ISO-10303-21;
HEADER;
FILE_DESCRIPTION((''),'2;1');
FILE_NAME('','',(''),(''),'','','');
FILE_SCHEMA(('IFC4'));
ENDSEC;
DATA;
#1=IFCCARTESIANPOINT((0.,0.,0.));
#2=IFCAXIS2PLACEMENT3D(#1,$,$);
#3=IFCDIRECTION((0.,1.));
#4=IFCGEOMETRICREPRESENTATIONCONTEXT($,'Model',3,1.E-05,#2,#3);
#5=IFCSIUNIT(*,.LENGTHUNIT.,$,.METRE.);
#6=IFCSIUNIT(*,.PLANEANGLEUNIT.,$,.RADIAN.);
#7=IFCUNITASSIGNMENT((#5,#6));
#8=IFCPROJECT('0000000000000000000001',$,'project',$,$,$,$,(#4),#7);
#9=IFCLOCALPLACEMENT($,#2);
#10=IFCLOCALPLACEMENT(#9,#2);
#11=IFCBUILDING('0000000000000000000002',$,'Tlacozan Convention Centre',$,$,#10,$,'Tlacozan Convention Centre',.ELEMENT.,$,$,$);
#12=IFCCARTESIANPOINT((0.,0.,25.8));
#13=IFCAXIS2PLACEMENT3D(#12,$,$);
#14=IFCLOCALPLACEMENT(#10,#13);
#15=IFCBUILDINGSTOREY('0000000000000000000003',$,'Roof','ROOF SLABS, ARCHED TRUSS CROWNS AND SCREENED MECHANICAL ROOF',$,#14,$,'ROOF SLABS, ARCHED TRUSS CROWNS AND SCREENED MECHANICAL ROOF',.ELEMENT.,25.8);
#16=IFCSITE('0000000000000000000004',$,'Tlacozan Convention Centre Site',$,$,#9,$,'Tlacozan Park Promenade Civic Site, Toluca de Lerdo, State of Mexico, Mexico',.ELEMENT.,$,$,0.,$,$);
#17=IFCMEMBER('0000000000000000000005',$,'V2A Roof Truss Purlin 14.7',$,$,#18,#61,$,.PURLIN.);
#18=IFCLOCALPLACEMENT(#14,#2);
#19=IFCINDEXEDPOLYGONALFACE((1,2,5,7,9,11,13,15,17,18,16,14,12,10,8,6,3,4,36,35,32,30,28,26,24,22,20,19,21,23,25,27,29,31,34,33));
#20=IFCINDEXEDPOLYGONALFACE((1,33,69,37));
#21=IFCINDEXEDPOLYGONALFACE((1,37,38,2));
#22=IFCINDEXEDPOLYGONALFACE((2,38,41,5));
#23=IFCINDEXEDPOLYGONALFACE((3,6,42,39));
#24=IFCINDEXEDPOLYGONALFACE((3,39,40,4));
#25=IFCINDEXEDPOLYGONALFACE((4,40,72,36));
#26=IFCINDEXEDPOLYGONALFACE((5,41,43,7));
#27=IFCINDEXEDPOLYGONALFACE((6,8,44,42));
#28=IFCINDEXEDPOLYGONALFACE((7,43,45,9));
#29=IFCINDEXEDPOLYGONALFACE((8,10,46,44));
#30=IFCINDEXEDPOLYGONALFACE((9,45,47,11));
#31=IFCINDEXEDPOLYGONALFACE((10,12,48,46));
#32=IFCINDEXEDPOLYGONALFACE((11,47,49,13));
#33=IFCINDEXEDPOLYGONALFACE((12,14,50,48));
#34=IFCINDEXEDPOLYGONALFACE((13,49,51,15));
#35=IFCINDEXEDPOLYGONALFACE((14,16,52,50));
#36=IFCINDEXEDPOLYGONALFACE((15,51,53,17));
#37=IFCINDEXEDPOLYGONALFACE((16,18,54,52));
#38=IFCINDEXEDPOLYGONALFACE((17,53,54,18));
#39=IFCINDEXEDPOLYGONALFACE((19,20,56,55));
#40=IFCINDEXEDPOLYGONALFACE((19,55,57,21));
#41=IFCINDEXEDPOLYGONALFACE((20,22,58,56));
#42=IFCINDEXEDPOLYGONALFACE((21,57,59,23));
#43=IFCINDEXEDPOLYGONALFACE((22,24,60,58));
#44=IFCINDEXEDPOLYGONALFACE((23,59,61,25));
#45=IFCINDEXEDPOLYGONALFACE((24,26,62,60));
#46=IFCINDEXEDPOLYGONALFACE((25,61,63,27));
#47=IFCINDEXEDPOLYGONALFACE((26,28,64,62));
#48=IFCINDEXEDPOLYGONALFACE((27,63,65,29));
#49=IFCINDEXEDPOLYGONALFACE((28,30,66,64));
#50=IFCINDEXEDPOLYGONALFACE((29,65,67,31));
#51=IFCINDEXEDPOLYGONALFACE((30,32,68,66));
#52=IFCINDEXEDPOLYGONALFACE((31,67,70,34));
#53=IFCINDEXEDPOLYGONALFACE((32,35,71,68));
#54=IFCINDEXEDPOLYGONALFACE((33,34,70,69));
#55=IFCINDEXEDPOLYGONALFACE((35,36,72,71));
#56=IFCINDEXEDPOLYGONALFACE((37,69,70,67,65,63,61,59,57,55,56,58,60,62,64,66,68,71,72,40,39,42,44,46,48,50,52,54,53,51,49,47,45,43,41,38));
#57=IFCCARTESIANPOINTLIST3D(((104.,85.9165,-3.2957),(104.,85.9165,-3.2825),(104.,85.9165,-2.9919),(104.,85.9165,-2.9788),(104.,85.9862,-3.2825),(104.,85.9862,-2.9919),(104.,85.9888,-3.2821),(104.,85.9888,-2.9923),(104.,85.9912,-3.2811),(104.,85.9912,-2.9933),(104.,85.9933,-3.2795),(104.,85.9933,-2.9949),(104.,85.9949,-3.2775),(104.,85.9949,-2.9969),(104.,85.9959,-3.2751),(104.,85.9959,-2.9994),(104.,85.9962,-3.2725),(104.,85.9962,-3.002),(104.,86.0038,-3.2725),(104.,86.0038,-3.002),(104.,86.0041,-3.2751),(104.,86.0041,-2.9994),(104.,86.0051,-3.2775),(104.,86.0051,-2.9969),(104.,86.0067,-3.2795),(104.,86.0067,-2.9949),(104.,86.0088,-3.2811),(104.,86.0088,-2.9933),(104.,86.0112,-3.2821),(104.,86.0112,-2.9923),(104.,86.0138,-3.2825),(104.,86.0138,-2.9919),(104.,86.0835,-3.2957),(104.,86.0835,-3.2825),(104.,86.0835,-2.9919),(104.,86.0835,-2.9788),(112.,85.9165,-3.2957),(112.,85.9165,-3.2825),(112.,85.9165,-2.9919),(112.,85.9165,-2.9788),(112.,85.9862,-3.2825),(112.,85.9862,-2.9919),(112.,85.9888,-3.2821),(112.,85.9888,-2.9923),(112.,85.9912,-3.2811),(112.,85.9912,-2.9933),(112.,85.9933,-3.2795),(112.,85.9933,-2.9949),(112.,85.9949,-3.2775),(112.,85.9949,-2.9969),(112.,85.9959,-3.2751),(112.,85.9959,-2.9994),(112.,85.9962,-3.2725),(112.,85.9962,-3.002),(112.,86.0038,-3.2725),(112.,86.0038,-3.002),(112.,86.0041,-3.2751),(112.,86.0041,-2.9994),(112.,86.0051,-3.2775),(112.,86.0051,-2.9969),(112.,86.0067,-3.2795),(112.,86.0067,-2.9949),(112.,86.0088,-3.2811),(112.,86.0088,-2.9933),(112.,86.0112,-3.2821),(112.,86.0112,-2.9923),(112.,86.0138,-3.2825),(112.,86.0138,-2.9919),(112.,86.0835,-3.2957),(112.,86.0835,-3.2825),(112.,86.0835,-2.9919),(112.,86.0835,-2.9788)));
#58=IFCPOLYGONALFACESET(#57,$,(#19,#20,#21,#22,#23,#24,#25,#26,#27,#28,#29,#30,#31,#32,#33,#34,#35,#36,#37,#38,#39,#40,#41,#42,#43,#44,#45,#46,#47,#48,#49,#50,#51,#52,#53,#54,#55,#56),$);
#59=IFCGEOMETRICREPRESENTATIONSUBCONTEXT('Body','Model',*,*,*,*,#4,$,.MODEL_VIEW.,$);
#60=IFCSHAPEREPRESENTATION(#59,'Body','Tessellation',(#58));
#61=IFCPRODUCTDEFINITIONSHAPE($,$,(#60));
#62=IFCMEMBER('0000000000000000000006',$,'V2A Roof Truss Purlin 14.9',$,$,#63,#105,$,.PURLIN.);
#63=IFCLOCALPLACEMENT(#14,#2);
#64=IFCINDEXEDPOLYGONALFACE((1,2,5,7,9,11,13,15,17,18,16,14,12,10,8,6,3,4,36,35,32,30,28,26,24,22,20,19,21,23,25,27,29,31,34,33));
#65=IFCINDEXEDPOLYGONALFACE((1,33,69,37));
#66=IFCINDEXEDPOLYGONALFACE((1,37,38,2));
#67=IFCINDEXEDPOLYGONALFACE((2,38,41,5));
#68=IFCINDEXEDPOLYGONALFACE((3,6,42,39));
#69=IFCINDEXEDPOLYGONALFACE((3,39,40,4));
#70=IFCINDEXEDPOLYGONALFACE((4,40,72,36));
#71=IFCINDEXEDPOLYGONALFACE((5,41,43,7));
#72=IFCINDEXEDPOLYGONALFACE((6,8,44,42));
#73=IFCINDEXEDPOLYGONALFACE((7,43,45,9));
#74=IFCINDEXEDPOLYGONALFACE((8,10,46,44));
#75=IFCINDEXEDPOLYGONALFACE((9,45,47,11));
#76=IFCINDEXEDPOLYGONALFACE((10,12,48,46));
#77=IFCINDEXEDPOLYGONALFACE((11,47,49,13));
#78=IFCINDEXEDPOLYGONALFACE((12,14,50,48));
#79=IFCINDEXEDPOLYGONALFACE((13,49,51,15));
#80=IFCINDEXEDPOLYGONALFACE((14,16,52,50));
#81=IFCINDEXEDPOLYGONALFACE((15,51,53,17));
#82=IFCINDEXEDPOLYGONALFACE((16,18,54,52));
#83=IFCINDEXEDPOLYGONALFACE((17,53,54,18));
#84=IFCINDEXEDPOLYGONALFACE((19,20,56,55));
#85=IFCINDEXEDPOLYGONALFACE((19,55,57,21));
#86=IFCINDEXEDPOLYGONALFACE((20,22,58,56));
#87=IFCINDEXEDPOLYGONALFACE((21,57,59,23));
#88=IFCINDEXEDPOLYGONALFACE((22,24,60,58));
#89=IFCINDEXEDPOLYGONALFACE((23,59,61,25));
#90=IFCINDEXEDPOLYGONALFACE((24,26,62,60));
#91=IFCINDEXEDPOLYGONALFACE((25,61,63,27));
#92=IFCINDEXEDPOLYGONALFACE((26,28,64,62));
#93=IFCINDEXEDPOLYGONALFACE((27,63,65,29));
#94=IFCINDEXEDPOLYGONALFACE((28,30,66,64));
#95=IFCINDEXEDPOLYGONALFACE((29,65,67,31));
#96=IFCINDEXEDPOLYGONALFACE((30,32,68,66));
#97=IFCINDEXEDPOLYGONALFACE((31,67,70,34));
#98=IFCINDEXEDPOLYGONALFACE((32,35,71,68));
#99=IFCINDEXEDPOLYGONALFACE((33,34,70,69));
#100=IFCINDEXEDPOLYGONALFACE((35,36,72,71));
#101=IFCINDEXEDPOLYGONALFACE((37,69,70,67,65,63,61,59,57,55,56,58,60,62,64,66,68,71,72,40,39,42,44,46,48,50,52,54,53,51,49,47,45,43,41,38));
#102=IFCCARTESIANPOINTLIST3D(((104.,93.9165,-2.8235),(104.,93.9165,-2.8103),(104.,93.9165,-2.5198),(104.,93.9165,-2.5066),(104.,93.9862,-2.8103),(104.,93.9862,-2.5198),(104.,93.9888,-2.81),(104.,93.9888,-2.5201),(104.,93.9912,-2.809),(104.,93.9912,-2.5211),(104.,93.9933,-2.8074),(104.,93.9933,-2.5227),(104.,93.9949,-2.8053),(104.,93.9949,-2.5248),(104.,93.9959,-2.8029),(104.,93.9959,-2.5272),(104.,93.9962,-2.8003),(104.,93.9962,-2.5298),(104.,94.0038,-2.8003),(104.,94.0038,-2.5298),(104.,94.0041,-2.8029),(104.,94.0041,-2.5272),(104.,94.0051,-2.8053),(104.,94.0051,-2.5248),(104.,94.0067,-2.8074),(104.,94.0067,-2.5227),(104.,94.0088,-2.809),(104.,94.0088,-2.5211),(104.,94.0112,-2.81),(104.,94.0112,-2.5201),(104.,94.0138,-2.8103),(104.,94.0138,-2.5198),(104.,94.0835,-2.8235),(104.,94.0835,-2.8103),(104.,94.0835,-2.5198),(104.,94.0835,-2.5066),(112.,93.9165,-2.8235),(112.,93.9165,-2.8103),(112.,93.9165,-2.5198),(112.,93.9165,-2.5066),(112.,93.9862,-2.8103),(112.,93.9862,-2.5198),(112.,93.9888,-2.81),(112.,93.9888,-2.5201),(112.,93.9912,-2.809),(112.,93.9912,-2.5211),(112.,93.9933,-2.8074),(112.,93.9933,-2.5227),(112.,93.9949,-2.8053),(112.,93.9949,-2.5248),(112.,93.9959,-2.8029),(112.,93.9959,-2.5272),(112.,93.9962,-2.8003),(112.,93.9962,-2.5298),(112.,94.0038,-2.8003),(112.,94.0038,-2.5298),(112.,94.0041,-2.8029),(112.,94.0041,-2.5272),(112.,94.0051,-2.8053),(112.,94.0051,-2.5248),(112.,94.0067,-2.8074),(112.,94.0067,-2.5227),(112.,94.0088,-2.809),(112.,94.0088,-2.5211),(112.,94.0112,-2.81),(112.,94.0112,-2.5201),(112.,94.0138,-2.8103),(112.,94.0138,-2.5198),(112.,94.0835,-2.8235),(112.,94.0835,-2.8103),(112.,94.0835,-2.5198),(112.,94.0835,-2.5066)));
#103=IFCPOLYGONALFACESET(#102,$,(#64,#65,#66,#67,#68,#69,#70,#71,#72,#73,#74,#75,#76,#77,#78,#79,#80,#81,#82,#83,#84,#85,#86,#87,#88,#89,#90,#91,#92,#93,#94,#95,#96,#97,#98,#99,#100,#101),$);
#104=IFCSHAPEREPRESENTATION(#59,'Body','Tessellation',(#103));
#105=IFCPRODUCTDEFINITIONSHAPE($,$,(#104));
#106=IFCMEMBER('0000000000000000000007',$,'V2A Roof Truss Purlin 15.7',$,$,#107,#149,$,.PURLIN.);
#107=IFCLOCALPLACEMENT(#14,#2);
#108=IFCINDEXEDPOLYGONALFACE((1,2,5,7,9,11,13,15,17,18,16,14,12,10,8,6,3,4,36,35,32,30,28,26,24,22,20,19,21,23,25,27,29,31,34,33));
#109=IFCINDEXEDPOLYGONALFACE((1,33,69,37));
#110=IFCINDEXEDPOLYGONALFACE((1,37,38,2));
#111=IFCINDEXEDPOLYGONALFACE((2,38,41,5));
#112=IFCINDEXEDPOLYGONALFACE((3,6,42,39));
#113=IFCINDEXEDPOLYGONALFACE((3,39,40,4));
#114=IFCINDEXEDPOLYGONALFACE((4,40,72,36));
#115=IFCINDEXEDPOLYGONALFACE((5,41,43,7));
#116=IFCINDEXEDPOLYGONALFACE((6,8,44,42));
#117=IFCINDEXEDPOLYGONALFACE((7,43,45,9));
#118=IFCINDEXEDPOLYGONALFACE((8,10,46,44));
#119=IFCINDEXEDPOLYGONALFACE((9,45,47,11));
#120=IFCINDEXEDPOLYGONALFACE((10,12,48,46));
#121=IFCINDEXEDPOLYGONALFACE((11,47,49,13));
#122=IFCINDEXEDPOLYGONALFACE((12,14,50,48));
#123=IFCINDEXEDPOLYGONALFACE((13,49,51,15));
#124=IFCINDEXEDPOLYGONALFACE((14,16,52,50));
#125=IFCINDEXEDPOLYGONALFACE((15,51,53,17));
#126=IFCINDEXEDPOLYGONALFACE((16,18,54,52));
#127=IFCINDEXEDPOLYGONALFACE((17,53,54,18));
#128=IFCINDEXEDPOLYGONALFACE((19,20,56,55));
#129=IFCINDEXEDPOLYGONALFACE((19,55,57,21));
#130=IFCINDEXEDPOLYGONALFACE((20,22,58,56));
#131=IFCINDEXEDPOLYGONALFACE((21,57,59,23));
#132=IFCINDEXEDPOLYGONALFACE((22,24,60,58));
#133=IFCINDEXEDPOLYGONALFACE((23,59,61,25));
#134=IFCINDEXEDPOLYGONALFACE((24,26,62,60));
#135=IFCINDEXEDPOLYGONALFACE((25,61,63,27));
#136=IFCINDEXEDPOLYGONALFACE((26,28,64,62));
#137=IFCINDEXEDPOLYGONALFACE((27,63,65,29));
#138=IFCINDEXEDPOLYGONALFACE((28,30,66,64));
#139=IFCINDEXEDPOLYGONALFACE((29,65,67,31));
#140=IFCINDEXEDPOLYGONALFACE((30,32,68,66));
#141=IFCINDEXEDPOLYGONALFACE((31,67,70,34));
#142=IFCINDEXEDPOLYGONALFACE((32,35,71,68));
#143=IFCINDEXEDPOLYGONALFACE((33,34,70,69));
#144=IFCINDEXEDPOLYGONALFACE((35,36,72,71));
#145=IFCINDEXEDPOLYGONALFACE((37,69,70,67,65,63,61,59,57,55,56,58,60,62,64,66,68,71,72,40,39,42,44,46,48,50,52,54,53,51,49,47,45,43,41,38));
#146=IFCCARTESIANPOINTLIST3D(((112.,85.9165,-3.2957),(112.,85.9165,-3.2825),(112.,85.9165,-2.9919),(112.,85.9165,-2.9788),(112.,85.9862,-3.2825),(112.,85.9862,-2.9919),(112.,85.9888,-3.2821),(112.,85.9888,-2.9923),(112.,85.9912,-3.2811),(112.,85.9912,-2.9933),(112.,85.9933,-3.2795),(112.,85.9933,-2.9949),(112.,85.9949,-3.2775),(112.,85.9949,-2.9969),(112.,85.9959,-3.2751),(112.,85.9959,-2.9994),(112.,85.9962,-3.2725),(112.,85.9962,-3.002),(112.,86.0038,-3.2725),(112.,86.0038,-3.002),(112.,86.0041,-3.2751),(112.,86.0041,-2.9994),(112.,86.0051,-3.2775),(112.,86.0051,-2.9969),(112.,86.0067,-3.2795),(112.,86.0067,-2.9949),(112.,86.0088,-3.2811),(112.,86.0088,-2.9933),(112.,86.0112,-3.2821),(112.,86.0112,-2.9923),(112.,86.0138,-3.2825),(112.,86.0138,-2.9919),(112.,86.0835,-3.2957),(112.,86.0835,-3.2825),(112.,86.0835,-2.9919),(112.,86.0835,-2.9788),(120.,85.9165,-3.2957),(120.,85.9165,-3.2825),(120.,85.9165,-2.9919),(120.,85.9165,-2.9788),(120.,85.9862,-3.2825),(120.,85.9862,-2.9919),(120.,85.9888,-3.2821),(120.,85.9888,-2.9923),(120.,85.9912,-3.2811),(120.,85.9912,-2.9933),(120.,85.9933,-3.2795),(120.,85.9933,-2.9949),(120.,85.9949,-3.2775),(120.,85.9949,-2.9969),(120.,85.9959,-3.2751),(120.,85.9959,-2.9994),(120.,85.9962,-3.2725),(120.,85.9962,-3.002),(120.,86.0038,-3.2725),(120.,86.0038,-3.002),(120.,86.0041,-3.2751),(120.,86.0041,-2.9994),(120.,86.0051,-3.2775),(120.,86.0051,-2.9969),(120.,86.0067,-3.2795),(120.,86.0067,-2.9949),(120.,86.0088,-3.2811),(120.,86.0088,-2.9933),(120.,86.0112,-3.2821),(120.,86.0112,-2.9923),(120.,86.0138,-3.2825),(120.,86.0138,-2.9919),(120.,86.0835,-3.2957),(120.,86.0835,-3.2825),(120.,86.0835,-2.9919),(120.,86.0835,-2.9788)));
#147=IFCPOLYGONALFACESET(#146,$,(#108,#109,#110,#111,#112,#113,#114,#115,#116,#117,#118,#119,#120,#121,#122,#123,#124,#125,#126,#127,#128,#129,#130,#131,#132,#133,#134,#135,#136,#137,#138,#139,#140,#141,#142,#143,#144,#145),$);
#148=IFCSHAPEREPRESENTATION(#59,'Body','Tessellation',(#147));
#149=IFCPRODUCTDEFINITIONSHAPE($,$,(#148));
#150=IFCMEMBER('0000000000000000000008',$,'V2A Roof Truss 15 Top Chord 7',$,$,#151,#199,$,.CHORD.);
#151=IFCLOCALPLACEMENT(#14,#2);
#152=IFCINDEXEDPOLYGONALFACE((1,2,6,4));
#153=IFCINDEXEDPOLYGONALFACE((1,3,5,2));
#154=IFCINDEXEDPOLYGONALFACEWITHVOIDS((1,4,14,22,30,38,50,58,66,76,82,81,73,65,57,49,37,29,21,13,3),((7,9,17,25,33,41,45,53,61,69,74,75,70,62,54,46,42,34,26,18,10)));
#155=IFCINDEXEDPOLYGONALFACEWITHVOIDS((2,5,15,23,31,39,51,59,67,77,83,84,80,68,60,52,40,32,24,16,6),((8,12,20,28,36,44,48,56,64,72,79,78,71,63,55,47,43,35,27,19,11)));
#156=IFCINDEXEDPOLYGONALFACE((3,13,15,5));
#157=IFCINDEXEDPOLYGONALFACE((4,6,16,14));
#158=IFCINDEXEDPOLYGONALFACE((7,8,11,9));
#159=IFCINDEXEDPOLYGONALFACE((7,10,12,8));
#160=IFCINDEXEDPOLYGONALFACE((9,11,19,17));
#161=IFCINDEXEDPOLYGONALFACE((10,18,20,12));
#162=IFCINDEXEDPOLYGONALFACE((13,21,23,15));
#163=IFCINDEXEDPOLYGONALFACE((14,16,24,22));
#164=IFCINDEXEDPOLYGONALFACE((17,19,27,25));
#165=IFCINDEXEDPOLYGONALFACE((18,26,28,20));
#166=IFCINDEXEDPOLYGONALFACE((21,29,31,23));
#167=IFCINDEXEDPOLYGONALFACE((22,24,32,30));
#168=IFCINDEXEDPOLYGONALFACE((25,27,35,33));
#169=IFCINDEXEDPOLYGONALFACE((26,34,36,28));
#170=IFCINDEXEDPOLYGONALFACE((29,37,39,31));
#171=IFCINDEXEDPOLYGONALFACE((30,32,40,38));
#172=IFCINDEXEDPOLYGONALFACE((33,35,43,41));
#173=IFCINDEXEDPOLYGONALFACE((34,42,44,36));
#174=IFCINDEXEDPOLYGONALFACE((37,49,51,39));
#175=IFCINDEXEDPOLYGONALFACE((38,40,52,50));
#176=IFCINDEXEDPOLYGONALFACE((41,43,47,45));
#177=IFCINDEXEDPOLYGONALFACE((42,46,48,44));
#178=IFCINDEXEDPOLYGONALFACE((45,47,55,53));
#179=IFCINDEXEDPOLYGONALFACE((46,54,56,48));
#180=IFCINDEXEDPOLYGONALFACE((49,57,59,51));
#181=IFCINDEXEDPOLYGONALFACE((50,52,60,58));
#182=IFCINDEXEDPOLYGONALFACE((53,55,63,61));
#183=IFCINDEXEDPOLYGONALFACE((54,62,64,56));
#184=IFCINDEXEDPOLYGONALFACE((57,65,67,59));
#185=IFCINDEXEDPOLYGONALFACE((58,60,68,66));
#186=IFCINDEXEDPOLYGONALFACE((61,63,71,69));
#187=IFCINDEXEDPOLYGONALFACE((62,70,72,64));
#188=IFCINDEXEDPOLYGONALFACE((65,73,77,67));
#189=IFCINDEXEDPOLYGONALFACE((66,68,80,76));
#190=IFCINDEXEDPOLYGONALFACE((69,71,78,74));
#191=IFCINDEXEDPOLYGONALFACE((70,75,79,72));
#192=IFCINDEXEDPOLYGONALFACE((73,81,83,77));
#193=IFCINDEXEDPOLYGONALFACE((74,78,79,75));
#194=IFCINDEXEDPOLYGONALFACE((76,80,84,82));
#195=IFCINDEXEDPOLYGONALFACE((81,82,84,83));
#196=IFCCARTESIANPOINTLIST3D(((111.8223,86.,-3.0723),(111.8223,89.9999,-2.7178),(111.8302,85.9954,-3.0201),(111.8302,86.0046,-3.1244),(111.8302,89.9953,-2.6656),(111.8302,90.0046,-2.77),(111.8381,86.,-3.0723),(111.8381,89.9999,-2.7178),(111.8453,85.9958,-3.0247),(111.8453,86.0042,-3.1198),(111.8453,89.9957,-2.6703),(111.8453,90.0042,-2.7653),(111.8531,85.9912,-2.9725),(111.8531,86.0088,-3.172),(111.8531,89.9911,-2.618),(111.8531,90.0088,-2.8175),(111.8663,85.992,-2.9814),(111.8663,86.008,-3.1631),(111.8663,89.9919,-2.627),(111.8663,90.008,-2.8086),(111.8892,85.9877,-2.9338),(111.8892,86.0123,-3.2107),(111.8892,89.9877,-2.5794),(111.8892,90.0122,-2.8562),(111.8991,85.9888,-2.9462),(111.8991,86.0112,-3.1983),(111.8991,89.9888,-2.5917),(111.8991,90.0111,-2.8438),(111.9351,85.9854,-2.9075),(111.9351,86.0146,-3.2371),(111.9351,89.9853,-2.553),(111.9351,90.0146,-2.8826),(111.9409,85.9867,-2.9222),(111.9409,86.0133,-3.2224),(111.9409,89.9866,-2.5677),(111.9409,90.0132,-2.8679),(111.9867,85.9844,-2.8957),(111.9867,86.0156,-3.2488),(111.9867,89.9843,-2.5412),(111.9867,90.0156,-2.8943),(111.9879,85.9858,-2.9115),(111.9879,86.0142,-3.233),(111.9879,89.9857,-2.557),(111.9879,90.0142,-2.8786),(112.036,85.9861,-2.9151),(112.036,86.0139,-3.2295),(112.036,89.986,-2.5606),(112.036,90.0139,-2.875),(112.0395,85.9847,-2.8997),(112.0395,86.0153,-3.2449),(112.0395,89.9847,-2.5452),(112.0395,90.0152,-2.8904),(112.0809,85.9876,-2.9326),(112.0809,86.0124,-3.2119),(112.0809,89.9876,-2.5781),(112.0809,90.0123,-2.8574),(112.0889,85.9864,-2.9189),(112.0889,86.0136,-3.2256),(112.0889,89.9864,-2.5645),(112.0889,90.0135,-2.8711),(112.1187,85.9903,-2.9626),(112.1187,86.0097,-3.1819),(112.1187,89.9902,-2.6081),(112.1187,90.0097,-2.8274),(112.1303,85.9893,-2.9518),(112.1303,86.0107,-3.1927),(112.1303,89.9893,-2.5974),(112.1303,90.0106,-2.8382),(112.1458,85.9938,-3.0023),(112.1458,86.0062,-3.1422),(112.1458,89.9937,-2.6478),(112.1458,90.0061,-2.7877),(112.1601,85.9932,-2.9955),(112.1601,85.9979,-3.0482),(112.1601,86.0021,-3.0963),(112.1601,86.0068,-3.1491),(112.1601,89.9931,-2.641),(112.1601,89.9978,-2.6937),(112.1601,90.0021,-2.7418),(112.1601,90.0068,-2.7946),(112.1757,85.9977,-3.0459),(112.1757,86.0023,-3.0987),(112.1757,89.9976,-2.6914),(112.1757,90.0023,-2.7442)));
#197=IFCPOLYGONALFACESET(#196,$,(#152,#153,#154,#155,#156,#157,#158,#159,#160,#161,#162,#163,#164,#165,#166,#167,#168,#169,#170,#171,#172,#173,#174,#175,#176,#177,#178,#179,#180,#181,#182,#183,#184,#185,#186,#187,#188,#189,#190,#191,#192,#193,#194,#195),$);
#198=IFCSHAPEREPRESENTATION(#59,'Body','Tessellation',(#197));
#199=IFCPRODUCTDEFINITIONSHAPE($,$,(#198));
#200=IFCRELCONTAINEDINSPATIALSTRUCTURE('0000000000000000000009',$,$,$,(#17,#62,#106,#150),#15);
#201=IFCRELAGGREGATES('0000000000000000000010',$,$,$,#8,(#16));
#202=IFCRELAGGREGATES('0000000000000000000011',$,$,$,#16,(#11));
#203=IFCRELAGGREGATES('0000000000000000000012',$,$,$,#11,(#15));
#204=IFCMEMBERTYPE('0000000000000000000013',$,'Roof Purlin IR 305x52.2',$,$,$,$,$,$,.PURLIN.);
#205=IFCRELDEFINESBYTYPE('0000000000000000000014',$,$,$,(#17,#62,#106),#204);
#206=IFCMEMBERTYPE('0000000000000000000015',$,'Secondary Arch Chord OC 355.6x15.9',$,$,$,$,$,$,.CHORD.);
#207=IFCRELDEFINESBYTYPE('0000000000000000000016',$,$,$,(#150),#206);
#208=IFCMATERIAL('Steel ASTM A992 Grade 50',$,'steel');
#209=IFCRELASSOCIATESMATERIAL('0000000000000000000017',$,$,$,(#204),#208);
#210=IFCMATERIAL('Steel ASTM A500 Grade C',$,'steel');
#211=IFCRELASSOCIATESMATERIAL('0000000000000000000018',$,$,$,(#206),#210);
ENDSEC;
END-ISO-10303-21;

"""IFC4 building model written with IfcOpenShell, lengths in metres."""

from ifc_helpers import new_model, si_unit, direction, frame, origin, origin_2d, place, context, subcontext, project, spatial, hollow_circle, i_section, extrude, material, material_profile, profile_set, type_object, element, save


model = new_model("IFC4")

# Units and contexts
model_context = context("Model", 3, precision=1e-05, world=origin(), true_north=direction((0.0, 1.0)))
body_context = subcontext(model_context, "Body", "Model", "MODEL_VIEW")
ifc_project = project(units=[si_unit("LENGTHUNIT", "METRE"), si_unit("PLANEANGLEUNIT", "RADIAN")], contexts=[model_context])

# Site, building, storey
site_placement = place(None, origin())
site = spatial("IfcSite", under=ifc_project, at=site_placement, Name="Tlacozan Convention Centre Site", LongName="Tlacozan Park Promenade Civic Site, Toluca de Lerdo, State of Mexico, Mexico", CompositionType="ELEMENT", RefElevation=0.0)
building_placement = place(site_placement, origin())
building = spatial("IfcBuilding", under=site, at=building_placement, Name="Tlacozan Convention Centre", LongName="Tlacozan Convention Centre", CompositionType="ELEMENT")
storey_placement = place(building_placement, frame((0.0, 0.0, 25.8)))
storey = spatial("IfcBuildingStorey", under=building, at=storey_placement, Name="Roof", Description="ROOF SLABS, ARCHED TRUSS CROWNS AND SCREENED MECHANICAL ROOF", LongName="ROOF SLABS, ARCHED TRUSS CROWNS AND SCREENED MECHANICAL ROOF", CompositionType="ELEMENT", Elevation=25.8)

# Members
ifc_material_1 = material(Name="Steel ASTM A500 Grade C", Category="steel")
ifc_material_2 = material(Name="Steel ASTM A992 Grade 50", Category="steel")
ifc_material_profile_1 = material_profile(ifc_material_2, i_section(OverallWidth=0.167, OverallDepth=0.3169, WebThickness=0.0076, FlangeThickness=0.0132, FilletRadius=0.01, at=origin_2d()), Name="IR 305x52.2")
ifc_profile_set_1 = profile_set([ifc_material_profile_1], Name="Steel ASTM A992 Grade 50")
member_type_1 = type_object("IfcMemberType", Name="Roof Purlin IR 305x52.2", PredefinedType="PURLIN", material=ifc_profile_set_1)
for number, where, z_axis, x_axis, name in (
    (1, (104.0, 86.0, -3.1372), (1.0, 0.0, 0.0), (0.0, 1.0, 0.0), "V2A Roof Truss Purlin 14.7"),
    (2, (104.0, 94.0, -2.665), (1.0, 0.0, 0.0), (0.0, 1.0, 0.0), "V2A Roof Truss Purlin 14.9"),
    (3, (112.0, 86.0, -3.1372), (1.0, 0.0, 0.0), (0.0, 1.0, 0.0), "V2A Roof Truss Purlin 15.7"),
):
    element("IfcMember", number, at=place(storey_placement, frame(where, z_axis=z_axis, x_axis=x_axis)), inside=storey, type_object=member_type_1, Name=name, PredefinedType="PURLIN", context=body_context, shape_type="SweptSolid", body=[
        extrude(i_section(OverallWidth=0.167, OverallDepth=0.3169, WebThickness=0.0076, FlangeThickness=0.0132, FilletRadius=0.01, at=origin_2d()), origin(), (0.0, 0.0, 1.0), 8.0),
    ])
ifc_material_profile_2 = material_profile(ifc_material_1, hollow_circle(Radius=0.1777, WallThickness=0.0159, at=origin_2d()), Name="OC 355.6x15.9")
ifc_profile_set_2 = profile_set([ifc_material_profile_2], Name="Steel ASTM A500 Grade C")
member_type_2 = type_object("IfcMemberType", Name="Secondary Arch Chord OC 355.6x15.9", PredefinedType="CHORD", material=ifc_profile_set_2)
member_1_placement = place(storey_placement, frame((112.0, 86.0, -3.0723), z_axis=(0.0, 0.996096, 0.088277), x_axis=(-1.0, 0.0, 0.0)))
element("IfcMember", 4, at=member_1_placement, inside=storey, type_object=member_type_2, Name="V2A Roof Truss 15 Top Chord 7", PredefinedType="CHORD", context=body_context, shape_type="SweptSolid", body=[
    extrude(hollow_circle(Radius=0.1777, WallThickness=0.0159, at=origin_2d()), origin(), (0.0, 0.0, 1.0), 4.0156),
])

save(model, "model.ifc")
